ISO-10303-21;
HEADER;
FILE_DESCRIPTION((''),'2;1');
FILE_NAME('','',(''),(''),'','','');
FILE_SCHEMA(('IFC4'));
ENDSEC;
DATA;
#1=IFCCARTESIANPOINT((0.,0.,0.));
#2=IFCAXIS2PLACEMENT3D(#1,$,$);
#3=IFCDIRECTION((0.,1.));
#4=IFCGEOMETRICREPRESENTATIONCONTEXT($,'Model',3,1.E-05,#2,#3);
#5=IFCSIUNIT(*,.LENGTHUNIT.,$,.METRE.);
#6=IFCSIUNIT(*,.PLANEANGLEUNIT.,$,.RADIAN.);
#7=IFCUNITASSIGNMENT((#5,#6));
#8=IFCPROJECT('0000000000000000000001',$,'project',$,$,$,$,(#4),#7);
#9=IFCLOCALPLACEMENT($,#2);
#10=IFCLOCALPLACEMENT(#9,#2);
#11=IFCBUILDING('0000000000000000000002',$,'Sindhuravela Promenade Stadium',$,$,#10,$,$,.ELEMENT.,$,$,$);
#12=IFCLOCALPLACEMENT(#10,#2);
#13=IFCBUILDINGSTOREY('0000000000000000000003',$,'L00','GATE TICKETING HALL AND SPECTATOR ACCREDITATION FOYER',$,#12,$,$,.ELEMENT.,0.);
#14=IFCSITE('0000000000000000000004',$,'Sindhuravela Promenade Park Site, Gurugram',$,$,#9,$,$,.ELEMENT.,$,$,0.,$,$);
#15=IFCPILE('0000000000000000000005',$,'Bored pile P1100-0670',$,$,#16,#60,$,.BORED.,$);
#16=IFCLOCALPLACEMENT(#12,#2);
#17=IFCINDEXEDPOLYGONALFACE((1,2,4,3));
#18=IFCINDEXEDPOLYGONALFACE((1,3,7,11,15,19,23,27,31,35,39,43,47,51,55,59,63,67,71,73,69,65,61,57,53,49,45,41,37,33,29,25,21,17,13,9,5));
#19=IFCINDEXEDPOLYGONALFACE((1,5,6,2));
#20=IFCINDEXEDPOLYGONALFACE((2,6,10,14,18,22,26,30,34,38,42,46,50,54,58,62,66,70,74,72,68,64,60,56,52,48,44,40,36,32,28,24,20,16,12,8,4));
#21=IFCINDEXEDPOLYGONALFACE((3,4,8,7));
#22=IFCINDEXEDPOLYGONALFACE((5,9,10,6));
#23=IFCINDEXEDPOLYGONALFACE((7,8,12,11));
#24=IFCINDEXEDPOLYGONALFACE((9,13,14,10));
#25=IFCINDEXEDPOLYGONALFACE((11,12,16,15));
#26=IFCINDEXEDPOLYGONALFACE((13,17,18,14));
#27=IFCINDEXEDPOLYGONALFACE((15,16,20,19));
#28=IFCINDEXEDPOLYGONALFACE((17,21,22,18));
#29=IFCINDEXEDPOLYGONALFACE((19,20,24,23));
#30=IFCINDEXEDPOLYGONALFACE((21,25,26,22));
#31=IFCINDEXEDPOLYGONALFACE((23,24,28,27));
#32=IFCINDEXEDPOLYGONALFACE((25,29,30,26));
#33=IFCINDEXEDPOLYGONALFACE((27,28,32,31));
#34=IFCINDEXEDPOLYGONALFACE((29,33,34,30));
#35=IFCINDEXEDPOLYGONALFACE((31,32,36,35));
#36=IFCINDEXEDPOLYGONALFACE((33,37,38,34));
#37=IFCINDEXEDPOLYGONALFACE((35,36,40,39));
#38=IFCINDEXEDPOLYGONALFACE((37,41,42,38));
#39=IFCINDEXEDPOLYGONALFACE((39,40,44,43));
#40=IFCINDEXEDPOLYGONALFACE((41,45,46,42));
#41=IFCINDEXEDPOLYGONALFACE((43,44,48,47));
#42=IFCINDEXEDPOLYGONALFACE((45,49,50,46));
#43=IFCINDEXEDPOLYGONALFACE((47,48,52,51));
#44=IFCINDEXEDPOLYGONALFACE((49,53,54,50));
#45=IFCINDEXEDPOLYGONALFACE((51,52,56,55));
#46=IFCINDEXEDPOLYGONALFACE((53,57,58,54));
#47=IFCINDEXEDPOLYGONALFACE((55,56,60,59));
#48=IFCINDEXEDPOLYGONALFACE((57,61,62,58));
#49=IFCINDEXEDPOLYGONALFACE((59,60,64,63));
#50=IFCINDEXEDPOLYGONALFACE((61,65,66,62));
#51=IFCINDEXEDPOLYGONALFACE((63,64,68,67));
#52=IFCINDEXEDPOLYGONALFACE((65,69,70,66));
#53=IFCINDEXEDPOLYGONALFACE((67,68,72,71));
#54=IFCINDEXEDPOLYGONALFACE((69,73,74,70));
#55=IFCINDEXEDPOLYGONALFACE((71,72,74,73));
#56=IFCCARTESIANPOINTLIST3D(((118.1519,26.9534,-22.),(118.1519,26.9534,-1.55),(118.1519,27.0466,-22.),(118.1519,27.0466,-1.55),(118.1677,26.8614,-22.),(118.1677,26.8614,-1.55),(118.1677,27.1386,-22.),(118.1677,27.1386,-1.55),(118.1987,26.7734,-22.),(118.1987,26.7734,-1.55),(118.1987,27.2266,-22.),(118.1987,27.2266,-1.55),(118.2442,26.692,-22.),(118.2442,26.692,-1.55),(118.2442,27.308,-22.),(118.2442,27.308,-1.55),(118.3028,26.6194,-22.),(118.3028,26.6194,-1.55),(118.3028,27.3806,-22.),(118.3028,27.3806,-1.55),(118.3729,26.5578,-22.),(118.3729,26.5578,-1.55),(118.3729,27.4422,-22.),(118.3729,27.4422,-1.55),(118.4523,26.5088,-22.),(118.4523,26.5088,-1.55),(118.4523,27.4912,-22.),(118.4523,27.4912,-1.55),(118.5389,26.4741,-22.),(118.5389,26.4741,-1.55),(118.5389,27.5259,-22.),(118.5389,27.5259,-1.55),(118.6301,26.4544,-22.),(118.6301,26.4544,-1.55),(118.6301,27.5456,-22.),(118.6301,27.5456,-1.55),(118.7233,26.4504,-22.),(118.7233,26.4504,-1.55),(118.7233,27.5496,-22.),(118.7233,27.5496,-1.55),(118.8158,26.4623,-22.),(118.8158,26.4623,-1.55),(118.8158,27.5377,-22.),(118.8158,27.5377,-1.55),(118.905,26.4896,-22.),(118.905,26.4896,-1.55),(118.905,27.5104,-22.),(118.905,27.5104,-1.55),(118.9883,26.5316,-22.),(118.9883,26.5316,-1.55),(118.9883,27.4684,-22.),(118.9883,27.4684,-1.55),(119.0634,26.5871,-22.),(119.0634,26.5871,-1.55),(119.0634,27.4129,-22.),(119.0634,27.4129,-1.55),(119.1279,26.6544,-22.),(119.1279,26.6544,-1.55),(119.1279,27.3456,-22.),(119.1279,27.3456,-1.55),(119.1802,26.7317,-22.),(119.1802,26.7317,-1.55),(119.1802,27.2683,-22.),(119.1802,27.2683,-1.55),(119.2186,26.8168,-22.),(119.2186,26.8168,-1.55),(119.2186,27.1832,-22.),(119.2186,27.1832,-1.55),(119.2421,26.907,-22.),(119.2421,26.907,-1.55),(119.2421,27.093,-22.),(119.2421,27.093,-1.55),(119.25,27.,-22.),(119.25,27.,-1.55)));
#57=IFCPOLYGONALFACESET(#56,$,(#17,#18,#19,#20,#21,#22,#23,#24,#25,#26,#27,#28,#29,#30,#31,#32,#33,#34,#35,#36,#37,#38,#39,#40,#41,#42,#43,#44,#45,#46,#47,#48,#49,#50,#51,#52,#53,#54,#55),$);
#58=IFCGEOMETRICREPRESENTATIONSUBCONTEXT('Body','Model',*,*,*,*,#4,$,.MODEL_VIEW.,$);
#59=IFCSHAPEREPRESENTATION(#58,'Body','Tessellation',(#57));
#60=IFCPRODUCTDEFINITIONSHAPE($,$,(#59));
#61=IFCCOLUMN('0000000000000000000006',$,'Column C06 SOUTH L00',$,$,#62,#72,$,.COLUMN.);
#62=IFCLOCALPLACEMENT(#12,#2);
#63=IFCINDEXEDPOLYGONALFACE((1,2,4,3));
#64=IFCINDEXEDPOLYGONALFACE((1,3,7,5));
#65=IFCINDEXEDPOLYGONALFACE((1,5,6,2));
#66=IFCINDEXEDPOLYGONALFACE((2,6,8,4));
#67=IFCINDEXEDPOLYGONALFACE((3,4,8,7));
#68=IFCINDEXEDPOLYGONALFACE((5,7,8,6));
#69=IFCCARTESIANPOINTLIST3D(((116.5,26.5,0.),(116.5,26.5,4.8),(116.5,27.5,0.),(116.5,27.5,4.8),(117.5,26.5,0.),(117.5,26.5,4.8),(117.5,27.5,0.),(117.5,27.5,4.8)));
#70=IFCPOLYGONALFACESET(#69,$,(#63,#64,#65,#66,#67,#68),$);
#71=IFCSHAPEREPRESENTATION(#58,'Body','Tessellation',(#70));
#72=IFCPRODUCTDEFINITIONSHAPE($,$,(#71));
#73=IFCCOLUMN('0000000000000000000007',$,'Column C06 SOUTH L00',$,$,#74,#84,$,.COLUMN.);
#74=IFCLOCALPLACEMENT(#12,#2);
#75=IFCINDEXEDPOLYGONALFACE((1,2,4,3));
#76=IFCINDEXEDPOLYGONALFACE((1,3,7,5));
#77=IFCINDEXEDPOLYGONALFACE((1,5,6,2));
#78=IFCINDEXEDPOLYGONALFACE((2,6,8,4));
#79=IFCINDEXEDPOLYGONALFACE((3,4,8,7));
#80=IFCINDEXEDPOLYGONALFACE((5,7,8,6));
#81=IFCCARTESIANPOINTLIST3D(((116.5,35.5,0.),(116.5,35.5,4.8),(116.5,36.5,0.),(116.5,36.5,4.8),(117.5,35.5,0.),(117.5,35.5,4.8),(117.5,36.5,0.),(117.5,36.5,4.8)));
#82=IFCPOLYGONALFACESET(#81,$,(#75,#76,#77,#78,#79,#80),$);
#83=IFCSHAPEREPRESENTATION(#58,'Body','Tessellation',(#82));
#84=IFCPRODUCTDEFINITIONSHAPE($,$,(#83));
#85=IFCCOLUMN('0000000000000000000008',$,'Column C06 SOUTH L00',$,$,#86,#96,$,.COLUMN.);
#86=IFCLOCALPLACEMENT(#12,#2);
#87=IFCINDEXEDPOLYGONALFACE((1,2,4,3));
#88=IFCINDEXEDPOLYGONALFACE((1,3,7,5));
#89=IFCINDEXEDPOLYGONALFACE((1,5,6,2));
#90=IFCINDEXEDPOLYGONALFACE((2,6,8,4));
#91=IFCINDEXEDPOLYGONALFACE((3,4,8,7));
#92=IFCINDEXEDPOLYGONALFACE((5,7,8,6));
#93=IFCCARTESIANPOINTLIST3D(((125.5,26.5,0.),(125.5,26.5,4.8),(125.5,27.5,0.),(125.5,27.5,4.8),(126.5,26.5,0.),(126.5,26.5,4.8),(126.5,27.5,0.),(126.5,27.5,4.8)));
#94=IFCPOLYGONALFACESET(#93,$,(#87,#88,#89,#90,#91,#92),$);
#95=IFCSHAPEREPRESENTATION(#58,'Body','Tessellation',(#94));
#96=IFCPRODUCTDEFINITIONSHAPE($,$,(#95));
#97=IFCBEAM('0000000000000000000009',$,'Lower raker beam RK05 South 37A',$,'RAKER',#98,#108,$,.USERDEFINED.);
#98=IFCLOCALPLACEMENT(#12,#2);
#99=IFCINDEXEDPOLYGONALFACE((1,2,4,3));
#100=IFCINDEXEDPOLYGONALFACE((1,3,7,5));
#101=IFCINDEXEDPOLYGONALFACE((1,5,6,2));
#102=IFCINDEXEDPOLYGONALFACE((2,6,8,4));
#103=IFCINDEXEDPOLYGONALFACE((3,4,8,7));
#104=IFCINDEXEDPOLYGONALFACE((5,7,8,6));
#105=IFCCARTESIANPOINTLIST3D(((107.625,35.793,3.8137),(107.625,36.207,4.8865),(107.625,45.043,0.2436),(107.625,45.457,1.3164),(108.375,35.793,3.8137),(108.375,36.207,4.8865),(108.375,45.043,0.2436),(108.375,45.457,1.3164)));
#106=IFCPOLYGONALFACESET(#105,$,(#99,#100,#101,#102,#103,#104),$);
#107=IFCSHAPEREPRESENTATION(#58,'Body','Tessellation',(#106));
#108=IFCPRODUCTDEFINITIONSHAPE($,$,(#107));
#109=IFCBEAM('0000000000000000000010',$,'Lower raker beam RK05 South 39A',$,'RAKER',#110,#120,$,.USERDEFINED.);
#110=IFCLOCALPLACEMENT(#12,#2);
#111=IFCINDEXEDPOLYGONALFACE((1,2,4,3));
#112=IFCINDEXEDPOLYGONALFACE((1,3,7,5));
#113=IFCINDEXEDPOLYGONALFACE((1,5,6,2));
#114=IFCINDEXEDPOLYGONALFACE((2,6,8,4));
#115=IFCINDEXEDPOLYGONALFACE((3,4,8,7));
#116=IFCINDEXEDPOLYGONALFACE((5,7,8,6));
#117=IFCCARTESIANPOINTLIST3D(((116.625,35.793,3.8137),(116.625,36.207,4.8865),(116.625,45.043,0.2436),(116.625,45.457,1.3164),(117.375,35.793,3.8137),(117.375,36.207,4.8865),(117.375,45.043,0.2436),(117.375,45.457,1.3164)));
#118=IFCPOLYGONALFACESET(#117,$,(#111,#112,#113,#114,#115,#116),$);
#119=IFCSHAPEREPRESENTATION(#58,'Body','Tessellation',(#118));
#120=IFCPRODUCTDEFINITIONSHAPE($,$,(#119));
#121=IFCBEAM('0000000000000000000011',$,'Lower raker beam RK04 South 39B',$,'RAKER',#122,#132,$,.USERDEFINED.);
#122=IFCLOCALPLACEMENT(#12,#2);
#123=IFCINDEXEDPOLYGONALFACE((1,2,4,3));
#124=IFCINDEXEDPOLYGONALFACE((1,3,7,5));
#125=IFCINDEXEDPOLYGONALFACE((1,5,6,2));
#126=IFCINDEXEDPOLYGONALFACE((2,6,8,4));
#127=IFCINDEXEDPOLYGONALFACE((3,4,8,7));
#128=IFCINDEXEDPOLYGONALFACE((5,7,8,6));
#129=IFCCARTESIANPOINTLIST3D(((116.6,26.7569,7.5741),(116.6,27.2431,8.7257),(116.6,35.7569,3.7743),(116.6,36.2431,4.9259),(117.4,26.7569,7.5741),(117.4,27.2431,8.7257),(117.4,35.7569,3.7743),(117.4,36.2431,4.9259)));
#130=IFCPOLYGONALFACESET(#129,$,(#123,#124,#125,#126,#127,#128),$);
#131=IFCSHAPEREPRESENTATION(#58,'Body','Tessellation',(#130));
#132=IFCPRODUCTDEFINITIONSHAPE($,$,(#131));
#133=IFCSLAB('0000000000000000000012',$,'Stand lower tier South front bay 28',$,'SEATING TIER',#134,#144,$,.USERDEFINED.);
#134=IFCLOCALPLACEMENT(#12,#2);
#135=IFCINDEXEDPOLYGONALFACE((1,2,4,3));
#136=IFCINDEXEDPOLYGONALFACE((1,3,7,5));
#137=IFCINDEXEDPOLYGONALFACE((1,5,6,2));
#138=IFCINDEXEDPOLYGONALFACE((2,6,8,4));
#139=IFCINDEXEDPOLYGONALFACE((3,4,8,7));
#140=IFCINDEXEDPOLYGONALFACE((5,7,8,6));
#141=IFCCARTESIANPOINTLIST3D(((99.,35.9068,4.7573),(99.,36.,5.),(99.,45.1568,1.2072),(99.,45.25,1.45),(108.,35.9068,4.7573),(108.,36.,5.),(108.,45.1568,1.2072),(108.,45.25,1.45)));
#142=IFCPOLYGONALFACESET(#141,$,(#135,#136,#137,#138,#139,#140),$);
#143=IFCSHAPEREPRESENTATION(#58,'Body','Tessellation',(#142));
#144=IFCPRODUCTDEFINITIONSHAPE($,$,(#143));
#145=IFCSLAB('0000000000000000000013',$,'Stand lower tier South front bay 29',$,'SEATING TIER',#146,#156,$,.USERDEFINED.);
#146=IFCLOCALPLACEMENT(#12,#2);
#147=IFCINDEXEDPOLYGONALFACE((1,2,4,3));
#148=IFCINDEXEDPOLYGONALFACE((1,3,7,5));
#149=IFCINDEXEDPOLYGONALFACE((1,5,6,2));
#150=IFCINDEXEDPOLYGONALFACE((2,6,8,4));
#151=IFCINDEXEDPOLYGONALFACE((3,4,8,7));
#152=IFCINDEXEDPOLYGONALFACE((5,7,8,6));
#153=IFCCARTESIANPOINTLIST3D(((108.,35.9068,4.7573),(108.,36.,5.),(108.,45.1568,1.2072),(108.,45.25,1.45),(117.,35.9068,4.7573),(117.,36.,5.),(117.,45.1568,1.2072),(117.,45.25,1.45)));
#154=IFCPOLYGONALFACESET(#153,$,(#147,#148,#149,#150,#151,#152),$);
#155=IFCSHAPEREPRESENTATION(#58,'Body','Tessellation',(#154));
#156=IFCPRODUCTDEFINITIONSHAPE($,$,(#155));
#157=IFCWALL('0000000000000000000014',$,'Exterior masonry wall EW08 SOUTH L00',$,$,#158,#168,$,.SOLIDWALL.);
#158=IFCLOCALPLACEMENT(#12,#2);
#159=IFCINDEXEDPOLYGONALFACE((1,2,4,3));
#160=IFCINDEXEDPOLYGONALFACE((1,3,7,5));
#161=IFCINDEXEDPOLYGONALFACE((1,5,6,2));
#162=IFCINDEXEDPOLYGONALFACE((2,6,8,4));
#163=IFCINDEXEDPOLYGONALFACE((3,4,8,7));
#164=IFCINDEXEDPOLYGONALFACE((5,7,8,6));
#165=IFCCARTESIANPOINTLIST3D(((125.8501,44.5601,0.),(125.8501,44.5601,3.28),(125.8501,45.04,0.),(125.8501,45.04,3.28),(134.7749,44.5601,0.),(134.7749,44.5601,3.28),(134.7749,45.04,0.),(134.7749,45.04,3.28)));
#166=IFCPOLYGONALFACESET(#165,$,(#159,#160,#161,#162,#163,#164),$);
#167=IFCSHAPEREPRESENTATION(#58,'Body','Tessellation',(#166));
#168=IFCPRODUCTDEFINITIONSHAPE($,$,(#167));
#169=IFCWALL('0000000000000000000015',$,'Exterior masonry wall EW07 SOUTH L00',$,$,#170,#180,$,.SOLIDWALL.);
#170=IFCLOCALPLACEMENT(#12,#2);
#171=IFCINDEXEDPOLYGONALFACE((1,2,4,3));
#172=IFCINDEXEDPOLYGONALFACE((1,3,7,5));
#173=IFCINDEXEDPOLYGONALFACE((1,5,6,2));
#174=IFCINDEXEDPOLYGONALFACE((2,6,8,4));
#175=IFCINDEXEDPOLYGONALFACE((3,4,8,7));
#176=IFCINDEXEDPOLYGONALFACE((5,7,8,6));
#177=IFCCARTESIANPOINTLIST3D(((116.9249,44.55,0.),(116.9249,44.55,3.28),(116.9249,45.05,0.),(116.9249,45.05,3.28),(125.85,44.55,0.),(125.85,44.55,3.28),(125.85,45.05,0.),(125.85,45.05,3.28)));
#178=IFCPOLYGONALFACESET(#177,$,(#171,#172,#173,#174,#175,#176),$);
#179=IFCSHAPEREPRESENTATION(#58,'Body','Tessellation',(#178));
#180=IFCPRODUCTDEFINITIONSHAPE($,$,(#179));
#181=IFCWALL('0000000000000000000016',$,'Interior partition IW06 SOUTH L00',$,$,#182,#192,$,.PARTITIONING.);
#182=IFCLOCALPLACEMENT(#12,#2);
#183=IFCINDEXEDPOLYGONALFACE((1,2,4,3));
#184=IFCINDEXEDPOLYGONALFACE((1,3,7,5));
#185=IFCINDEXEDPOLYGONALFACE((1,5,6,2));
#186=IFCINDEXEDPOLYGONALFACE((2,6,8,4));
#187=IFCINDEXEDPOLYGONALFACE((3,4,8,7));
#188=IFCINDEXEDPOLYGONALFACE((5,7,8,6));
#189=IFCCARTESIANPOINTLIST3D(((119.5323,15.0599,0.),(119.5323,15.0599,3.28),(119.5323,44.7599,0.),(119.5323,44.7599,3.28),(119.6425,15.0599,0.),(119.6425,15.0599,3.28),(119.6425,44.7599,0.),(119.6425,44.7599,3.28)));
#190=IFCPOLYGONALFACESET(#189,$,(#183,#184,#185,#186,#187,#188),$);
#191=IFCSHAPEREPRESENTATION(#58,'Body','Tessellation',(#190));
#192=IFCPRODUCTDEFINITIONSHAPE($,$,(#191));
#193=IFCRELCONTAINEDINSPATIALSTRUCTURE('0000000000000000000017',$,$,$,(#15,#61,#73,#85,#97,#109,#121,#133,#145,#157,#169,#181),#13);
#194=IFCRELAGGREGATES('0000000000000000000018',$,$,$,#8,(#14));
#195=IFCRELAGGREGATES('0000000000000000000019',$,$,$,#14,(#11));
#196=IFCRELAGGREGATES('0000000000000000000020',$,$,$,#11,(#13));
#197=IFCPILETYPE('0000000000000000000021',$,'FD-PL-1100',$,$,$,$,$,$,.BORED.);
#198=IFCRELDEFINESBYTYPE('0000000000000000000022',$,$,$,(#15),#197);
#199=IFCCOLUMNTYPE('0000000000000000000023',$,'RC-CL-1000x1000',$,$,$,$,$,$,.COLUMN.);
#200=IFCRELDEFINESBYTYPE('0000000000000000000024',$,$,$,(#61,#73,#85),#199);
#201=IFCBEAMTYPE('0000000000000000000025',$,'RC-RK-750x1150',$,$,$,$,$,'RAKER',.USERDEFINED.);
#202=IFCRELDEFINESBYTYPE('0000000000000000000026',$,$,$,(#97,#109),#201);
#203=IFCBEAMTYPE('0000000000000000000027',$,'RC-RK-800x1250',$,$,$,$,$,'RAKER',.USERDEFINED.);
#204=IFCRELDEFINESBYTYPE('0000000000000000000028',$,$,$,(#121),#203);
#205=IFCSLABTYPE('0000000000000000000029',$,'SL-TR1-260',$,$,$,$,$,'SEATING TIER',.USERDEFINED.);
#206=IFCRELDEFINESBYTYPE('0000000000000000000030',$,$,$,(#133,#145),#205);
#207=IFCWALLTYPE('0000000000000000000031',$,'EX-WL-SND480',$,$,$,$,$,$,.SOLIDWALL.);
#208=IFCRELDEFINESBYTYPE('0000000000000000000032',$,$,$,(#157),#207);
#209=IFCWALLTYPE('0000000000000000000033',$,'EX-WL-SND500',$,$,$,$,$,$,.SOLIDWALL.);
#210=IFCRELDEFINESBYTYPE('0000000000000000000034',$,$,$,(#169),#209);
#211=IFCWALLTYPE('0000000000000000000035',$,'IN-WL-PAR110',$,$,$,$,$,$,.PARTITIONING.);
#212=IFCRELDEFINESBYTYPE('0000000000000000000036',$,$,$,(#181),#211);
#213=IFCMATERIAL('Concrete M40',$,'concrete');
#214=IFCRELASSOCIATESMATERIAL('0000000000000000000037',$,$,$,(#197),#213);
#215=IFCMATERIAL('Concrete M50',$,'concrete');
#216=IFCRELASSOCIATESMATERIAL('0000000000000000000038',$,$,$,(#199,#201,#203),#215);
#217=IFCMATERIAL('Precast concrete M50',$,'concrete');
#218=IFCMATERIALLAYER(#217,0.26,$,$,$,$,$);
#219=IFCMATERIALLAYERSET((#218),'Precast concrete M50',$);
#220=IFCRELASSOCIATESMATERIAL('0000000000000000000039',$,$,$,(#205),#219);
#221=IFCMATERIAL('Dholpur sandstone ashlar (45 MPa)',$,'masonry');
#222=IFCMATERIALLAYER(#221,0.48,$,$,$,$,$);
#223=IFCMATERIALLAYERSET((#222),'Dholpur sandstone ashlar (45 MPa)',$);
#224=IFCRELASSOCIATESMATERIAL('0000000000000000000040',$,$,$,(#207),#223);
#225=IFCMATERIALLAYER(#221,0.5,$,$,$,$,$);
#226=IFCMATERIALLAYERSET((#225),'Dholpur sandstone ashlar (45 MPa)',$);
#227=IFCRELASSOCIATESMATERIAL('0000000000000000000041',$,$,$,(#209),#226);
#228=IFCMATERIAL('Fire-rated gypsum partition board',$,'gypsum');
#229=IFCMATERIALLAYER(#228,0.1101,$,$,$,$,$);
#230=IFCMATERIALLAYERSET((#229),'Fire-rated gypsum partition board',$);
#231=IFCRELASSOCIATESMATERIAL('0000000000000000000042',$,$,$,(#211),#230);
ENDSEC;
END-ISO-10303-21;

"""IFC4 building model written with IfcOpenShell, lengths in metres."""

from ifc_helpers import new_model, si_unit, direction, frame, frame_2d, origin, origin_2d, place, context, subcontext, project, spatial, polyline, rectangle, circle, outline, extrude, material, layer, layer_set, material_profile, profile_set, type_object, element, save


model = new_model("IFC4")

# Units and contexts
model_context = context("Model", 3, precision=1e-05, world=origin(), true_north=direction((0.0, 1.0)))
body_context = subcontext(model_context, "Body", "Model", "MODEL_VIEW")
ifc_project = project(units=[si_unit("LENGTHUNIT", "METRE"), si_unit("PLANEANGLEUNIT", "RADIAN")], contexts=[model_context])

# Site, building, storey
site_placement = place(None, origin())
site = spatial("IfcSite", under=ifc_project, at=site_placement, Name="Sindhuravela Promenade Park Site, Gurugram", CompositionType="ELEMENT", RefElevation=0.0)
building_placement = place(site_placement, origin())
building = spatial("IfcBuilding", under=site, at=building_placement, Name="Sindhuravela Promenade Stadium", CompositionType="ELEMENT")
storey_placement = place(building_placement, origin())
storey = spatial("IfcBuildingStorey", under=building, at=storey_placement, Name="L00", Description="GATE TICKETING HALL AND SPECTATOR ACCREDITATION FOYER", CompositionType="ELEMENT", Elevation=0.0)

# Shared definitions
ifc_material_1 = material(Name="Concrete M50", Category="concrete")

# Pile
ifc_material_2 = material(Name="Concrete M40", Category="concrete")
ifc_material_profile_1 = material_profile(ifc_material_2, circle(Radius=0.55, at=origin_2d()), Name="BORED PILE D1100")
ifc_profile_set_1 = profile_set([ifc_material_profile_1], Name="Concrete M40")
pile_type_1 = type_object("IfcPileType", Name="FD-PL-1100", PredefinedType="BORED", material=ifc_profile_set_1)
for number, where, z_axis, x_axis, name in (
    (1, (118.7, 27.0, -1.55), (0.0, 0.0, -1.0), (1.0, 0.0, 0.0), "Bored pile P1100-0670"),
):
    element("IfcPile", number, at=place(storey_placement, frame(where, z_axis=z_axis, x_axis=x_axis)), inside=storey, type_object=pile_type_1, Name=name, PredefinedType="BORED", context=body_context, shape_type="SweptSolid", body=[
        extrude(circle(Radius=0.55, at=origin_2d()), origin(), (0.0, 0.0, 1.0), 20.45),
    ])

# Columns
ifc_material_profile_2 = material_profile(ifc_material_1, rectangle(XDim=1.0, YDim=1.0, at=origin_2d()), Name="RC 1000x1000")
ifc_profile_set_2 = profile_set([ifc_material_profile_2], Name="Concrete M50")
column_type = type_object("IfcColumnType", Name="RC-CL-1000x1000", PredefinedType="COLUMN", material=ifc_profile_set_2)
for number, where, z_axis, x_axis, name in (
    (2, (117.0, 27.0, 0.0), (0.0, 0.0, 1.0), (1.0, 0.0, 0.0), "Column C06 SOUTH L00"),
    (3, (117.0, 36.0, 0.0), (0.0, 0.0, 1.0), (1.0, 0.0, 0.0), "Column C06 SOUTH L00"),
    (4, (126.0, 27.0, 0.0), (0.0, 0.0, 1.0), (1.0, 0.0, 0.0), "Column C06 SOUTH L00"),
):
    element("IfcColumn", number, at=place(storey_placement, frame(where, z_axis=z_axis, x_axis=x_axis)), inside=storey, type_object=column_type, Name=name, PredefinedType="COLUMN", context=body_context, shape_type="SweptSolid", body=[
        extrude(rectangle(XDim=1.0, YDim=1.0, at=origin_2d()), origin(), (0.0, 0.0, 1.0), 4.8),
    ])

# Beams
ifc_material_profile_3 = material_profile(ifc_material_1, rectangle(XDim=0.75, YDim=1.1499, at=origin_2d()), Name="RC 750x1150")
ifc_profile_set_3 = profile_set([ifc_material_profile_3], Name="Concrete M50")
beam_type_1 = type_object("IfcBeamType", Name="RC-RK-750x1150", ElementType="RAKER", PredefinedType="USERDEFINED", material=ifc_profile_set_3)
for number, where, z_axis, x_axis, name in (
    (5, (108.0, 45.25, 0.78), (0.0, -0.932927, 0.360066), (1.0, 0.0, 0.0), "Lower raker beam RK05 South 37A"),
    (6, (117.0, 45.25, 0.78), (0.0, -0.932927, 0.360066), (1.0, 0.0, 0.0), "Lower raker beam RK05 South 39A"),
):
    element("IfcBeam", number, at=place(storey_placement, frame(where, z_axis=z_axis, x_axis=x_axis)), inside=storey, type_object=beam_type_1, Name=name, ObjectType="RAKER", PredefinedType="USERDEFINED", context=body_context, shape_type="SweptSolid", body=[
        extrude(rectangle(XDim=0.75, YDim=1.1499, at=origin_2d()), origin(), (0.0, 0.0, 1.0), 9.915),
    ])
ifc_material_profile_4 = material_profile(ifc_material_1, rectangle(XDim=0.8, YDim=1.25, at=origin_2d()), Name="RC 800x1250")
ifc_profile_set_4 = profile_set([ifc_material_profile_4], Name="Concrete M50")
beam_type_2 = type_object("IfcBeamType", Name="RC-RK-800x1250", ElementType="RAKER", PredefinedType="USERDEFINED", material=ifc_profile_set_4)
beam_placement = place(storey_placement, frame((117.0, 36.0, 4.3501), z_axis=(0.0, -0.921257, 0.388955), x_axis=(1.0, 0.0, 0.0)))
element("IfcBeam", 7, at=beam_placement, inside=storey, type_object=beam_type_2, Name="Lower raker beam RK04 South 39B", ObjectType="RAKER", PredefinedType="USERDEFINED", context=body_context, shape_type="SweptSolid", body=[
    extrude(rectangle(XDim=0.8, YDim=1.25, at=origin_2d()), origin(), (0.0, 0.0, 1.0), 9.7693),
])

# Slabs
ifc_material_3 = material(Name="Precast concrete M50", Category="concrete")
ifc_layer_1 = layer(ifc_material_3, 0.26)
ifc_layer_set_1 = layer_set([ifc_layer_1], Name="Precast concrete M50")
slab_type = type_object("IfcSlabType", Name="SL-TR1-260", ElementType="SEATING TIER", PredefinedType="USERDEFINED", material=ifc_layer_set_1)
for number, where, z_axis, x_axis, name in (
    (8, (108.0, 45.25, 1.45), (0.0, 0.358307, 0.933604), (-1.0, 0.0, 0.0), "Stand lower tier South front bay 28"),
    (9, (117.0, 45.25, 1.45), (0.0, 0.358307, 0.933604), (-1.0, 0.0, 0.0), "Stand lower tier South front bay 29"),
):
    element("IfcSlab", number, at=place(storey_placement, frame(where, z_axis=z_axis, x_axis=x_axis)), inside=storey, type_object=slab_type, Name=name, ObjectType="SEATING TIER", PredefinedType="USERDEFINED", context=body_context, shape_type="SweptSolid", body=[
        extrude(outline(polyline([(0.0, 0.0), (9.0, 0.0), (9.0, 9.9078), (0.0, 9.9078), (0.0, 0.0)])), origin(), (0.0, 0.0, -1.0), 0.26),
    ])

# Walls
ifc_material_4 = material(Name="Dholpur sandstone ashlar (45 MPa)", Category="masonry")
ifc_layer_2 = layer(ifc_material_4, 0.48)
ifc_layer_set_2 = layer_set([ifc_layer_2], Name="Dholpur sandstone ashlar (45 MPa)")
wall_type_1 = type_object("IfcWallType", Name="EX-WL-SND480", PredefinedType="SOLIDWALL", material=ifc_layer_set_2)
wall_1_placement = place(storey_placement, frame((125.8501, 44.8, 0.0), z_axis=(0.0, 0.0, 1.0), x_axis=(1.0, 0.0, 0.0)))
element("IfcWall", 10, at=wall_1_placement, inside=storey, type_object=wall_type_1, Name="Exterior masonry wall EW08 SOUTH L00", PredefinedType="SOLIDWALL", context=body_context, shape_type="SweptSolid", body=[
    extrude(rectangle(XDim=8.9248, YDim=0.48, at=frame_2d((4.4624, 0.0))), origin(), (0.0, 0.0, 1.0), 3.28),
])
ifc_layer_3 = layer(ifc_material_4, 0.5)
ifc_layer_set_3 = layer_set([ifc_layer_3], Name="Dholpur sandstone ashlar (45 MPa)")
wall_type_2 = type_object("IfcWallType", Name="EX-WL-SND500", PredefinedType="SOLIDWALL", material=ifc_layer_set_3)
wall_2_placement = place(storey_placement, frame((116.925, 44.8, 0.0), z_axis=(0.0, 0.0, 1.0), x_axis=(1.0, 0.0, 0.0)))
element("IfcWall", 11, at=wall_2_placement, inside=storey, type_object=wall_type_2, Name="Exterior masonry wall EW07 SOUTH L00", PredefinedType="SOLIDWALL", context=body_context, shape_type="SweptSolid", body=[
    extrude(rectangle(XDim=8.925, YDim=0.5, at=frame_2d((4.4624, 0.0))), origin(), (0.0, 0.0, 1.0), 3.28),
])
ifc_material_5 = material(Name="Fire-rated gypsum partition board", Category="gypsum")
ifc_layer_4 = layer(ifc_material_5, 0.1101)
ifc_layer_set_4 = layer_set([ifc_layer_4], Name="Fire-rated gypsum partition board")
wall_type_3 = type_object("IfcWallType", Name="IN-WL-PAR110", PredefinedType="PARTITIONING", material=ifc_layer_set_4)
wall_3_placement = place(storey_placement, frame((119.5874, 44.76, 0.0), z_axis=(0.0, 0.0, 1.0), x_axis=(0.0, -1.0, 0.0)))
element("IfcWall", 12, at=wall_3_placement, inside=storey, type_object=wall_type_3, Name="Interior partition IW06 SOUTH L00", PredefinedType="PARTITIONING", context=body_context, shape_type="SweptSolid", body=[
    extrude(rectangle(XDim=29.7, YDim=0.1101, at=frame_2d((14.8501, 0.0))), origin(), (0.0, 0.0, 1.0), 3.28),
])

save(model, "model.ifc")
